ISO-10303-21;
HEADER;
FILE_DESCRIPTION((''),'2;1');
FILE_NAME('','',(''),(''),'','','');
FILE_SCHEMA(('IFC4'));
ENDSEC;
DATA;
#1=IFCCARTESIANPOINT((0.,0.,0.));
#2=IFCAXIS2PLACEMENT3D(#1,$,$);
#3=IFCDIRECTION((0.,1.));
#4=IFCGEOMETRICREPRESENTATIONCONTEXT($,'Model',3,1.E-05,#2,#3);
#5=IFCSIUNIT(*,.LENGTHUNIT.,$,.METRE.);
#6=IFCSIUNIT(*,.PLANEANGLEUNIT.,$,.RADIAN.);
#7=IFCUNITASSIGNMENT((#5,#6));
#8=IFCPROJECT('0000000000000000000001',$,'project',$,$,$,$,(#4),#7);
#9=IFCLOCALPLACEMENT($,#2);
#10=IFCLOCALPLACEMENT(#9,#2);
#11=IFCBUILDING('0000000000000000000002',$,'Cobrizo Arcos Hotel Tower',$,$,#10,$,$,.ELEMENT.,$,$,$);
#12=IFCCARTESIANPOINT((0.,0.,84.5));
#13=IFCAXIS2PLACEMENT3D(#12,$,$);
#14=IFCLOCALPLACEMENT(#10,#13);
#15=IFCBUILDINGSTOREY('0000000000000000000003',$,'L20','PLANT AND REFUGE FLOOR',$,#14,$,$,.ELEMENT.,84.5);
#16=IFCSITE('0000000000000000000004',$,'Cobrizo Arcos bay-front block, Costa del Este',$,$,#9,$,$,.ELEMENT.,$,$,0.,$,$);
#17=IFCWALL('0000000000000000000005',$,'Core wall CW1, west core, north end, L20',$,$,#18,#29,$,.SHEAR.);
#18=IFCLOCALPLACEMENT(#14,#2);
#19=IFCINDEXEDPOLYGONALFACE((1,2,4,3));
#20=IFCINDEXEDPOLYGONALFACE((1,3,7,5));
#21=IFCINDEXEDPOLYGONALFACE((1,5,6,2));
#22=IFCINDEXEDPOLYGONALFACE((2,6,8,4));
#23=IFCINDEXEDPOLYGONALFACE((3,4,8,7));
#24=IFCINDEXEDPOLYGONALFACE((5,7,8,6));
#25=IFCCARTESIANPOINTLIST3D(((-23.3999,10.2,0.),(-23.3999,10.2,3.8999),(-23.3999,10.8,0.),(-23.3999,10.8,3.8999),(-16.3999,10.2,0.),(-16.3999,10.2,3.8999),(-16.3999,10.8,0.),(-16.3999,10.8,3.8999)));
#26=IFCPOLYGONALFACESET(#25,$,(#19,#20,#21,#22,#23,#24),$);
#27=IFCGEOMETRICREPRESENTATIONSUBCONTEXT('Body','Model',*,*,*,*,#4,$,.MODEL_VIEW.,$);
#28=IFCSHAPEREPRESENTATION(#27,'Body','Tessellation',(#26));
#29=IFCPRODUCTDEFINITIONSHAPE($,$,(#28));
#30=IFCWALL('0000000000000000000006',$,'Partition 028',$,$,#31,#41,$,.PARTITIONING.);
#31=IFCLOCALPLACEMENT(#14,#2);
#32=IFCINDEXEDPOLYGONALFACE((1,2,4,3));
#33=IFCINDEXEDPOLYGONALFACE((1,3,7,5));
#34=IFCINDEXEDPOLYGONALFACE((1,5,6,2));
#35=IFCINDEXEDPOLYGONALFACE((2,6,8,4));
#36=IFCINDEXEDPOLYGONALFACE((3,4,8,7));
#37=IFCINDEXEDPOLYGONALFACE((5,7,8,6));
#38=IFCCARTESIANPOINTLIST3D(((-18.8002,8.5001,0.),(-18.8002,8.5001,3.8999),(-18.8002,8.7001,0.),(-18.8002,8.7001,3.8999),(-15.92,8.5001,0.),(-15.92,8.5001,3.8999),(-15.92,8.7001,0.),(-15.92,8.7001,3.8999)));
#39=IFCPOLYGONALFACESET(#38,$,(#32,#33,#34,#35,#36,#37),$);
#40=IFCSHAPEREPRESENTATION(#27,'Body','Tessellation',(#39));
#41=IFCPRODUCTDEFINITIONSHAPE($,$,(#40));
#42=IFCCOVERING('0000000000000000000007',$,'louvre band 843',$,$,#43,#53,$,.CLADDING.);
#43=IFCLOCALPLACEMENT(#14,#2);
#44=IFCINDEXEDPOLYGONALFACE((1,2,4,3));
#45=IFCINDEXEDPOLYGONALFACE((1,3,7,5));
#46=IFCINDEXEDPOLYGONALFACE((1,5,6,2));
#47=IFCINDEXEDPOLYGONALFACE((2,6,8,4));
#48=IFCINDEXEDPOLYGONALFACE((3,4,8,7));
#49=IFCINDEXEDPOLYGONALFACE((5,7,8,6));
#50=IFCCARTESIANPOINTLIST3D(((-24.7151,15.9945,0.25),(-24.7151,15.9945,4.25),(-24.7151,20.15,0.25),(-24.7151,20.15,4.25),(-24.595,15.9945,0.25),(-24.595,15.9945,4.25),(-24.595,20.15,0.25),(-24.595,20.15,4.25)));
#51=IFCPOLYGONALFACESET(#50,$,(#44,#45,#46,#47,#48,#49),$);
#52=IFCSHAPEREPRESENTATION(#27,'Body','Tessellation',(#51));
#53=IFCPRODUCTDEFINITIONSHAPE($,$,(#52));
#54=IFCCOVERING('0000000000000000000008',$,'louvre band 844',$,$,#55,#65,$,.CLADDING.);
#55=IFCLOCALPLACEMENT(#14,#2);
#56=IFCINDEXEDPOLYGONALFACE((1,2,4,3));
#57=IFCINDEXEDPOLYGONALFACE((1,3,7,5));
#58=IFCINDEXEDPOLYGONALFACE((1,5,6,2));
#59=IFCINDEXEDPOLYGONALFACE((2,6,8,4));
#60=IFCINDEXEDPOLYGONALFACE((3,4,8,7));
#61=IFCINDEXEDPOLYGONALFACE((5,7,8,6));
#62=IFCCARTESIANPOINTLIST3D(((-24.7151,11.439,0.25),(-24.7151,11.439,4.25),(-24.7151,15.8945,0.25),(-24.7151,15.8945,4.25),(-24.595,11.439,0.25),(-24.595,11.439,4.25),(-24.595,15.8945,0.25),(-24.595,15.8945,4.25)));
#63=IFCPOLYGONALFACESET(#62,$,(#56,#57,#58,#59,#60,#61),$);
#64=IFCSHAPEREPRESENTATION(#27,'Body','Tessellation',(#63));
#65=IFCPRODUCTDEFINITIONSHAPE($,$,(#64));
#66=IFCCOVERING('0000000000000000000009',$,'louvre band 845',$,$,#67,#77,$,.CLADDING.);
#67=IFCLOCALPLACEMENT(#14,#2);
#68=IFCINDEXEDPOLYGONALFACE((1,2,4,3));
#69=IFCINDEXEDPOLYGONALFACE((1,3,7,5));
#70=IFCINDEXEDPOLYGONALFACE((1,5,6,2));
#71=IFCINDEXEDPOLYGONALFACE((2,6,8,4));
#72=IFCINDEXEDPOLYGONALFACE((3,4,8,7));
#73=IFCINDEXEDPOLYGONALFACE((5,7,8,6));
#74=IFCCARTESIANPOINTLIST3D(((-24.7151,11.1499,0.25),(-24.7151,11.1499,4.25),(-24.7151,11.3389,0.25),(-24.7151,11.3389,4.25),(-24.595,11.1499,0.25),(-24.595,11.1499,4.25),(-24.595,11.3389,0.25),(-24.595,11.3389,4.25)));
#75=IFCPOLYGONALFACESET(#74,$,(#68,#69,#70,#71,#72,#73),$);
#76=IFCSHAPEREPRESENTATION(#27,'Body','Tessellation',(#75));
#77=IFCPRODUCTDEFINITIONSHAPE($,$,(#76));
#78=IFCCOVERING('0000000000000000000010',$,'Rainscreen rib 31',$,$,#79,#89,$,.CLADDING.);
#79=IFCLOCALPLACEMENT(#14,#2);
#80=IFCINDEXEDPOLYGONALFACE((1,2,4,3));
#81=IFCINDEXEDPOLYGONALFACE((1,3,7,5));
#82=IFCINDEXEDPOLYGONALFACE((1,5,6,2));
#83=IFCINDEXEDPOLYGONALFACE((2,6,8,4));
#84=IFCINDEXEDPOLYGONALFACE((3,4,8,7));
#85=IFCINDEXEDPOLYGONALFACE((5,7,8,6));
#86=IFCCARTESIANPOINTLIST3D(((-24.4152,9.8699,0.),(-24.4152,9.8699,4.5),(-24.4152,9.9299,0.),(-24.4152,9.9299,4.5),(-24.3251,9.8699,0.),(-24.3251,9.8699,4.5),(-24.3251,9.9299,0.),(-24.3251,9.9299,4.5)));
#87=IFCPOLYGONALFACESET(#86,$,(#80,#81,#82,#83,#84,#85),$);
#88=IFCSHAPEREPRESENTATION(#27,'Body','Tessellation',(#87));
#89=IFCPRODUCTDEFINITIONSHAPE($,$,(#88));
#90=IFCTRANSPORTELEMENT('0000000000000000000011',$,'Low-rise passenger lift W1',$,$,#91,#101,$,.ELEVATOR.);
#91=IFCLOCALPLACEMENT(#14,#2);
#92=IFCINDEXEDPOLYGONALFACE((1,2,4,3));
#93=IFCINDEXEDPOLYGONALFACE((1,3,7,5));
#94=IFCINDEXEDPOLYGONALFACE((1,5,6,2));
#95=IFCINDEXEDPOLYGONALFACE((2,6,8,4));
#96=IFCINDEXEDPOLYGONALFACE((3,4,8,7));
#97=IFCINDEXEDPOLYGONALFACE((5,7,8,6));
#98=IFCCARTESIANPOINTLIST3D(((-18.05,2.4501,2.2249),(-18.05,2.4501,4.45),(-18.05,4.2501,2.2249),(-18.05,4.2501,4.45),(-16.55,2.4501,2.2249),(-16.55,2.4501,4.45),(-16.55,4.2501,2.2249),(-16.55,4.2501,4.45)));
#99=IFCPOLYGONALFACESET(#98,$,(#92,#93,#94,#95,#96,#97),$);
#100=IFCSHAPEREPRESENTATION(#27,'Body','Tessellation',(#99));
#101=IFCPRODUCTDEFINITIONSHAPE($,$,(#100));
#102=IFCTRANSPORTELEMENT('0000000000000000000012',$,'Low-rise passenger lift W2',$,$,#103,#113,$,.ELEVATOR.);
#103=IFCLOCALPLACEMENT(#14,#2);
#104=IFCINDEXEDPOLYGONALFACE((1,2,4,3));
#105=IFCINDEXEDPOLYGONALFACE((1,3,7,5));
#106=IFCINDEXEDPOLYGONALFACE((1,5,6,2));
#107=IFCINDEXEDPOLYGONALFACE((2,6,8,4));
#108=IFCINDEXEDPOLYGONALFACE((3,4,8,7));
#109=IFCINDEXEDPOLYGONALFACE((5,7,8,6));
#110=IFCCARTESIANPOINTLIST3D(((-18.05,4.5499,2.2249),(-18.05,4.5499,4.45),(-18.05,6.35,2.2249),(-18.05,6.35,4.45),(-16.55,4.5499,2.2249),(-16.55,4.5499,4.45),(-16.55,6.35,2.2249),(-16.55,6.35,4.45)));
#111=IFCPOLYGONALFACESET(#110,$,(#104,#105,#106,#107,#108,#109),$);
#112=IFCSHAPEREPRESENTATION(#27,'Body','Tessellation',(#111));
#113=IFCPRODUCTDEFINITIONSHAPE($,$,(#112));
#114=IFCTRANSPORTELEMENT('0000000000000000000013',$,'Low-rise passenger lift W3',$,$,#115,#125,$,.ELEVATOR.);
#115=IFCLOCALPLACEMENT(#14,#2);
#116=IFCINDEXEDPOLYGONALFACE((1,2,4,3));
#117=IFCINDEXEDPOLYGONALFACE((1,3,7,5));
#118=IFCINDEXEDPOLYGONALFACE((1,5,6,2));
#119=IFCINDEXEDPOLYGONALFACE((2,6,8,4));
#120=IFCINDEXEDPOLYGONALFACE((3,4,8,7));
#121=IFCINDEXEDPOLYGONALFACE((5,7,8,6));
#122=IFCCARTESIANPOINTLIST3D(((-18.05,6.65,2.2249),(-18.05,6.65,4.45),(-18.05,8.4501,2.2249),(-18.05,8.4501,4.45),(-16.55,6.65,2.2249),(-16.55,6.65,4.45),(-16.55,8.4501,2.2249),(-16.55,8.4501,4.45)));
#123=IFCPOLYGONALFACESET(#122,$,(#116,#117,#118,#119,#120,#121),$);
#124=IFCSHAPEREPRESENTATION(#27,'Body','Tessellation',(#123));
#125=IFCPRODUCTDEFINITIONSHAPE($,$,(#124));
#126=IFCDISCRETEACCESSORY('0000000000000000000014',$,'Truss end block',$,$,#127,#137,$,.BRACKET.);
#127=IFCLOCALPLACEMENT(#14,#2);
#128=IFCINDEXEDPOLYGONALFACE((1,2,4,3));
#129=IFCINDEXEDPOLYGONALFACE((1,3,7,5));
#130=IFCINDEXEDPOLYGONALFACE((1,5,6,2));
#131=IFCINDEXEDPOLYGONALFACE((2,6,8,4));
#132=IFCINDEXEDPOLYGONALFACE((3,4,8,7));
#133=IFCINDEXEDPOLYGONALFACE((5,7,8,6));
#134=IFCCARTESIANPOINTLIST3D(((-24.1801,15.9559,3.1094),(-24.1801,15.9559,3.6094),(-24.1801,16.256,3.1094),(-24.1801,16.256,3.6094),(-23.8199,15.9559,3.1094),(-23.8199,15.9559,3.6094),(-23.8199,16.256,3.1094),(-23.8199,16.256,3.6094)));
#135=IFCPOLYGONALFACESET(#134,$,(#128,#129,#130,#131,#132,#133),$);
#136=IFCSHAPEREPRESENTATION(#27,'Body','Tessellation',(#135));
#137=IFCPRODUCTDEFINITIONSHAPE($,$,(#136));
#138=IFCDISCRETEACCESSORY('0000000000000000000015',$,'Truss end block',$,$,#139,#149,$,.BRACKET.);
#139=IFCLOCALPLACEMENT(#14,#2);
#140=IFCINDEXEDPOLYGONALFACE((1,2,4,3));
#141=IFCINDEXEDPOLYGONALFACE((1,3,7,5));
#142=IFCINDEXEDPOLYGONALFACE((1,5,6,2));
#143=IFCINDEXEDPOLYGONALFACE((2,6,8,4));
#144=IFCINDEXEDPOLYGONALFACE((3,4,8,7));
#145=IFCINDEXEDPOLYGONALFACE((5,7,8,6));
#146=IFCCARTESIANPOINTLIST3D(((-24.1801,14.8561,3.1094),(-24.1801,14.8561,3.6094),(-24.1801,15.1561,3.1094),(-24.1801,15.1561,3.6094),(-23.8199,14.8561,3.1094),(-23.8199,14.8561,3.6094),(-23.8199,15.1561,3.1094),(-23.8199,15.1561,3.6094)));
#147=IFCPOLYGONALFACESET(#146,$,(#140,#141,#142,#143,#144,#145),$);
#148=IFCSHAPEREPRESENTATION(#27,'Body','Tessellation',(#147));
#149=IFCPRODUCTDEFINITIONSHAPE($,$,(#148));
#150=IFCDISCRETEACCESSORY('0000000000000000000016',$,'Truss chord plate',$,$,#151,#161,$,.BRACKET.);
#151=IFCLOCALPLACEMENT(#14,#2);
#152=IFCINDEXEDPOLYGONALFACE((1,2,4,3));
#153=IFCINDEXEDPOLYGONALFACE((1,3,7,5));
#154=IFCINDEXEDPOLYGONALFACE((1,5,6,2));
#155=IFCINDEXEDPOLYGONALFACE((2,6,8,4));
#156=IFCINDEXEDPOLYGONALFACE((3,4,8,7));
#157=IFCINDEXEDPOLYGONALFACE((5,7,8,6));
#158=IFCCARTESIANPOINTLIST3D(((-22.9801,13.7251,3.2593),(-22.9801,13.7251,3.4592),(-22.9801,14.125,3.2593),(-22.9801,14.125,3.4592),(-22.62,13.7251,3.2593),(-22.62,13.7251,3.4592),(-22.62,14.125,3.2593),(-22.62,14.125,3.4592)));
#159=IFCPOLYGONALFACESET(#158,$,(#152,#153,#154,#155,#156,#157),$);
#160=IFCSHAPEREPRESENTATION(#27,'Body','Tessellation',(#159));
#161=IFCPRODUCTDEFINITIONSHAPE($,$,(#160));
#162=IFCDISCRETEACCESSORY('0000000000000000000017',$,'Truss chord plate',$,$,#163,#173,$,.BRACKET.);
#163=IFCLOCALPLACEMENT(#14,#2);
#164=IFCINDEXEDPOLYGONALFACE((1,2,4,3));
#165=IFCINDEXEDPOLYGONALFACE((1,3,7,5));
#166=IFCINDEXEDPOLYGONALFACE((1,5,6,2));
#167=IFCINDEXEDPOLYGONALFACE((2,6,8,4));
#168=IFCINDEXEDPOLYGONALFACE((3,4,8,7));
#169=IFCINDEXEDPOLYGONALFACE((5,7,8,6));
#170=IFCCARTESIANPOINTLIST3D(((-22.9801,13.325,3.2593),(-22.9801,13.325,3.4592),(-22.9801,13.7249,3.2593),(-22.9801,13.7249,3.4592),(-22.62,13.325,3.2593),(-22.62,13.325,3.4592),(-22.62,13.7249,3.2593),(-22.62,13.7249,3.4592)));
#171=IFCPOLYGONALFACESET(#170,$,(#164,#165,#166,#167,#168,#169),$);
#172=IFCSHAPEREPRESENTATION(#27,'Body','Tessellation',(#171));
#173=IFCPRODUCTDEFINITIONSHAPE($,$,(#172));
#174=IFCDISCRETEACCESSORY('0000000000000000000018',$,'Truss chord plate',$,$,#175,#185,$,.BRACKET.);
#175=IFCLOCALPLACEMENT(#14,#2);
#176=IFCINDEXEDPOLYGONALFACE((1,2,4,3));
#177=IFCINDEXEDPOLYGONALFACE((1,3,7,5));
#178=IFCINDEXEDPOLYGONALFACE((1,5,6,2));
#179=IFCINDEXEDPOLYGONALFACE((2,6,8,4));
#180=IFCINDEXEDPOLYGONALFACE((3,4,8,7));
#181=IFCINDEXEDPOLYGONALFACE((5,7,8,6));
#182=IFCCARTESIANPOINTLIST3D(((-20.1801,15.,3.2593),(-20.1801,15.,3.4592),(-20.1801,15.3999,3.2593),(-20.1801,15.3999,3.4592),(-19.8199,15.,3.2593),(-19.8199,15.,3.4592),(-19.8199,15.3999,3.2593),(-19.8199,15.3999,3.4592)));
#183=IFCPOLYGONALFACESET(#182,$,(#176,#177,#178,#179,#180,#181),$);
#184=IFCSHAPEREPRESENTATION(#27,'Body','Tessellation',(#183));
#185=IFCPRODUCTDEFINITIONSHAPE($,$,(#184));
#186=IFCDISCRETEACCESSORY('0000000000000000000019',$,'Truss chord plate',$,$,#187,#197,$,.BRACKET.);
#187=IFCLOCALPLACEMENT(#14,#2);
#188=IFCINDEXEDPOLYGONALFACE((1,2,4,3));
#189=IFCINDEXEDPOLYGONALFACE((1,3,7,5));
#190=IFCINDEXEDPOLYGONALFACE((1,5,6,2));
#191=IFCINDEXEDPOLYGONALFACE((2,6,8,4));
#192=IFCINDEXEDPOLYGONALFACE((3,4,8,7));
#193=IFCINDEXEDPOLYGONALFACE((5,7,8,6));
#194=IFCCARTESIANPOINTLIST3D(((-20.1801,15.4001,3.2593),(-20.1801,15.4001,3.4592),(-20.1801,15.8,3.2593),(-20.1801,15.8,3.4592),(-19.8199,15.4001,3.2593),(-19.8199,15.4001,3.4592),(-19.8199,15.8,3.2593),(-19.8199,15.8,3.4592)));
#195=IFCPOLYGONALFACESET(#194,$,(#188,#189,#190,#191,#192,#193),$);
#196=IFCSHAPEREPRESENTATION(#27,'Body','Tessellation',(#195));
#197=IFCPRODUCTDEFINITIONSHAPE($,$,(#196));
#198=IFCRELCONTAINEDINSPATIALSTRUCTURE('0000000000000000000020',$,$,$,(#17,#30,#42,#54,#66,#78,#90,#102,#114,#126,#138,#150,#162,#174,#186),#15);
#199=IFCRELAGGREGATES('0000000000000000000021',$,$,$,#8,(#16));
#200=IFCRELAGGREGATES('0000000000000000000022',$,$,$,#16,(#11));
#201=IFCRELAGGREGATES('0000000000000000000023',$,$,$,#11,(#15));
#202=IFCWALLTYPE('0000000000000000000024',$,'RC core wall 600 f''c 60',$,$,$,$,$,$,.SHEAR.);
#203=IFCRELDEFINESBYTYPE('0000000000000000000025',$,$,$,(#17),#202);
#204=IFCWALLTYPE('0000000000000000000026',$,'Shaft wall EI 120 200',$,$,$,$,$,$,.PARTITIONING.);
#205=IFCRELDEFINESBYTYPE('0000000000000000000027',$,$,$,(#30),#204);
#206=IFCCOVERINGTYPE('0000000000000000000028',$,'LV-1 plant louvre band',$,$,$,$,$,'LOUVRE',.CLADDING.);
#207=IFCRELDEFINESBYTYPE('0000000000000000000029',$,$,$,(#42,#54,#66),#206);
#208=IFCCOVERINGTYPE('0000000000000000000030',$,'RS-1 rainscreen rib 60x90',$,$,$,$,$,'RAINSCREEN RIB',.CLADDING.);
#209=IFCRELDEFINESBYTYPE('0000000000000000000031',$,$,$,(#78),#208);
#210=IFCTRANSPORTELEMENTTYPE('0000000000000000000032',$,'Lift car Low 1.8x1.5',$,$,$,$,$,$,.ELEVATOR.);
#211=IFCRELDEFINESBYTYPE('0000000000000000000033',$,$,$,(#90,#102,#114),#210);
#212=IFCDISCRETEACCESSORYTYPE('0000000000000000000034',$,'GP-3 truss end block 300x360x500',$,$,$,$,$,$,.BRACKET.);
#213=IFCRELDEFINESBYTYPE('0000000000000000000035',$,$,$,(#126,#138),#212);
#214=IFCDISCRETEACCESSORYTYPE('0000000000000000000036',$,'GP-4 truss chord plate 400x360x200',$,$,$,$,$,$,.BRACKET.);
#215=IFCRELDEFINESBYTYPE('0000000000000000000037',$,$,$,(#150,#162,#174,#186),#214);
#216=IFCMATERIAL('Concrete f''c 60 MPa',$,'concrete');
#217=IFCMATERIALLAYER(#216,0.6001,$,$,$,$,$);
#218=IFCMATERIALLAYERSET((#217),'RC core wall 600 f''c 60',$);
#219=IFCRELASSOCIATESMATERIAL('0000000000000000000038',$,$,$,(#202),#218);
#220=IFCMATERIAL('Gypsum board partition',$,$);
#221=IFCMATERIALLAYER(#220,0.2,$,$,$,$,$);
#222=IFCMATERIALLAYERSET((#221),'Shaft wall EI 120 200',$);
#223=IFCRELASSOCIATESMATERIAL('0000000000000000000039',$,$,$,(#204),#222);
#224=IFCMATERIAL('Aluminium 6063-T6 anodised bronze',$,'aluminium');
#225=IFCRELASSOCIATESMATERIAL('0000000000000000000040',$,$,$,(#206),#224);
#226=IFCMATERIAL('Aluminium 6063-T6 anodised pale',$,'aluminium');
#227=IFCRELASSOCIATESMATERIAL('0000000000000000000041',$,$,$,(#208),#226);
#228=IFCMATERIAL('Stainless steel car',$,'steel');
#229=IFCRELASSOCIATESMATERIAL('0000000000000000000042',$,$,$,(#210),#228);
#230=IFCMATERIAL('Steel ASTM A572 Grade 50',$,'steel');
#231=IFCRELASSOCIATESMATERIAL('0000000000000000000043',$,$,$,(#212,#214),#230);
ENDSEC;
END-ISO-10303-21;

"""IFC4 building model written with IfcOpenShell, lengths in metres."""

from ifc_helpers import new_model, si_unit, direction, frame, frame_2d, origin, origin_2d, place, context, subcontext, project, spatial, rectangle, extrude, material, layer, layer_set, type_object, element, save


model = new_model("IFC4")

# Units and contexts
model_context = context("Model", 3, precision=1e-05, world=origin(), true_north=direction((0.0, 1.0)))
body_context = subcontext(model_context, "Body", "Model", "MODEL_VIEW")
ifc_project = project(units=[si_unit("LENGTHUNIT", "METRE"), si_unit("PLANEANGLEUNIT", "RADIAN")], contexts=[model_context])

# Site, building, storey
site_placement = place(None, origin())
site = spatial("IfcSite", under=ifc_project, at=site_placement, Name="Cobrizo Arcos bay-front block, Costa del Este", CompositionType="ELEMENT", RefElevation=0.0)
building_placement = place(site_placement, origin())
building = spatial("IfcBuilding", under=site, at=building_placement, Name="Cobrizo Arcos Hotel Tower", CompositionType="ELEMENT")
storey_placement = place(building_placement, frame((0.0, 0.0, 84.5)))
storey = spatial("IfcBuildingStorey", under=building, at=storey_placement, Name="L20", Description="PLANT AND REFUGE FLOOR", CompositionType="ELEMENT", Elevation=84.5)

# Shared definitions
ifc_material_1 = material(Name="Steel ASTM A572 Grade 50", Category="steel")

# Shared definitions
ifc_material_2 = material(Name="Aluminium 6063-T6 anodised bronze", Category="aluminium")

# Walls
ifc_material_3 = material(Name="Concrete f'c 60 MPa", Category="concrete")
ifc_layer_1 = layer(ifc_material_3, 0.6001)
ifc_layer_set_1 = layer_set([ifc_layer_1], Name="RC core wall 600 f'c 60")
wall_type_1 = type_object("IfcWallType", Name="RC core wall 600 f'c 60", PredefinedType="SHEAR", material=ifc_layer_set_1)
wall_1_placement = place(storey_placement, frame((-23.3999, 10.5, 0.0), z_axis=(0.0, 0.0, 1.0), x_axis=(1.0, 0.0, 0.0)))
element("IfcWall", 1, at=wall_1_placement, inside=storey, type_object=wall_type_1, Name="Core wall CW1, west core, north end, L20", PredefinedType="SHEAR", context=body_context, shape_type="SweptSolid", body=[
    extrude(rectangle(XDim=7.0, YDim=0.6001, at=frame_2d((3.5, 0.0))), origin(), (0.0, 0.0, 1.0), 3.8999),
])
ifc_material_4 = material(Name="Gypsum board partition")
ifc_layer_2 = layer(ifc_material_4, 0.2)
ifc_layer_set_2 = layer_set([ifc_layer_2], Name="Shaft wall EI 120 200")
wall_type_2 = type_object("IfcWallType", Name="Shaft wall EI 120 200", PredefinedType="PARTITIONING", material=ifc_layer_set_2)
wall_2_placement = place(storey_placement, frame((-18.8, 8.6001, 0.0), z_axis=(0.0, 0.0, 1.0), x_axis=(1.0, 0.0, 0.0)))
element("IfcWall", 2, at=wall_2_placement, inside=storey, type_object=wall_type_2, Name="Partition 028", PredefinedType="PARTITIONING", context=body_context, shape_type="SweptSolid", body=[
    extrude(rectangle(XDim=2.8801, YDim=0.2, at=frame_2d((1.4399, 0.0))), origin(), (0.0, 0.0, 1.0), 3.8999),
])

# Coverings
covering_type_1 = type_object("IfcCoveringType", Name="LV-1 plant louvre band", ElementType="LOUVRE", PredefinedType="CLADDING", material=ifc_material_2)
covering_1_placement = place(storey_placement, frame((-24.655, 18.0723, 0.25), z_axis=(0.0, 0.0, 1.0), x_axis=(0.0, -1.0, 0.0)))
element("IfcCovering", 3, at=covering_1_placement, inside=storey, type_object=covering_type_1, Name="louvre band 843", PredefinedType="CLADDING", context=body_context, shape_type="SweptSolid", body=[
    extrude(rectangle(XDim=4.1555, YDim=0.1201, at=origin_2d()), origin(), (0.0, 0.0, 1.0), 4.0),
])
covering_2_placement = place(storey_placement, frame((-24.655, 13.6667, 0.25), z_axis=(0.0, 0.0, 1.0), x_axis=(0.0, -1.0, 0.0)))
element("IfcCovering", 4, at=covering_2_placement, inside=storey, type_object=covering_type_1, Name="louvre band 844", PredefinedType="CLADDING", context=body_context, shape_type="SweptSolid", body=[
    extrude(rectangle(XDim=4.4556, YDim=0.1201, at=origin_2d()), origin(), (0.0, 0.0, 1.0), 4.0),
])
covering_3_placement = place(storey_placement, frame((-24.655, 11.2444, 0.25), z_axis=(0.0, 0.0, 1.0), x_axis=(0.0, -1.0, 0.0)))
element("IfcCovering", 5, at=covering_3_placement, inside=storey, type_object=covering_type_1, Name="louvre band 845", PredefinedType="CLADDING", context=body_context, shape_type="SweptSolid", body=[
    extrude(rectangle(XDim=0.189, YDim=0.1201, at=origin_2d()), origin(), (0.0, 0.0, 1.0), 4.0),
])
ifc_material_5 = material(Name="Aluminium 6063-T6 anodised pale", Category="aluminium")
covering_type_2 = type_object("IfcCoveringType", Name="RS-1 rainscreen rib 60x90", ElementType="RAINSCREEN RIB", PredefinedType="CLADDING", material=ifc_material_5)
covering_4_placement = place(storey_placement, frame((-24.3701, 9.8999, 0.0), z_axis=(0.0, 0.0, 1.0), x_axis=(0.0, -1.0, 0.0)))
element("IfcCovering", 6, at=covering_4_placement, inside=storey, type_object=covering_type_2, Name="Rainscreen rib 31", PredefinedType="CLADDING", context=body_context, shape_type="SweptSolid", body=[
    extrude(rectangle(XDim=0.0601, YDim=0.0901, at=origin_2d()), origin(), (0.0, 0.0, 1.0), 4.5),
])

# Transport elements
ifc_material_6 = material(Name="Stainless steel car", Category="steel")
transport_element_type = type_object("IfcTransportElementType", Name="Lift car Low 1.8x1.5", PredefinedType="ELEVATOR", material=ifc_material_6)
for number, where, z_axis, x_axis, name in (
    (7, (-17.3, 3.3501, 2.2249), (0.0, 0.0, 1.0), (1.0, 0.0, 0.0), "Low-rise passenger lift W1"),
    (8, (-17.3, 5.45, 2.2249), (0.0, 0.0, 1.0), (1.0, 0.0, 0.0), "Low-rise passenger lift W2"),
    (9, (-17.3, 7.55, 2.2249), (0.0, 0.0, 1.0), (1.0, 0.0, 0.0), "Low-rise passenger lift W3"),
):
    element("IfcTransportElement", number, at=place(storey_placement, frame(where, z_axis=z_axis, x_axis=x_axis)), inside=storey, type_object=transport_element_type, Name=name, PredefinedType="ELEVATOR", context=body_context, shape_type="SweptSolid", body=[
        extrude(rectangle(XDim=1.5, YDim=1.8, at=origin_2d()), origin(), (0.0, 0.0, 1.0), 2.2251),
    ])

# Discrete accessories
discrete_accessory_type_1 = type_object("IfcDiscreteAccessoryType", Name="GP-3 truss end block 300x360x500", PredefinedType="BRACKET", material=ifc_material_1)
for number, where, z_axis, x_axis, name in (
    (10, (-24.0, 16.106, 3.1094), (0.0, 0.0, 1.0), (0.0, 1.0, 0.0), "Truss end block"),
    (11, (-24.0, 15.0061, 3.1094), (0.0, 0.0, 1.0), (0.0, -1.0, 0.0), "Truss end block"),
):
    element("IfcDiscreteAccessory", number, at=place(storey_placement, frame(where, z_axis=z_axis, x_axis=x_axis)), inside=storey, type_object=discrete_accessory_type_1, Name=name, PredefinedType="BRACKET", context=body_context, shape_type="SweptSolid", body=[
        extrude(rectangle(XDim=0.3, YDim=0.3601, at=origin_2d()), origin(), (0.0, 0.0, 1.0), 0.5),
    ])
discrete_accessory_type_2 = type_object("IfcDiscreteAccessoryType", Name="GP-4 truss chord plate 400x360x200", PredefinedType="BRACKET", material=ifc_material_1)
for number, where, z_axis, x_axis, name in (
    (12, (-22.8, 13.925, 3.2593), (0.0, 0.0, 1.0), (0.0, -1.0, 0.0), "Truss chord plate"),
    (13, (-22.8, 13.5249, 3.2593), (0.0, 0.0, 1.0), (0.0, -1.0, 0.0), "Truss chord plate"),
    (14, (-20.0, 15.2, 3.2593), (0.0, 0.0, 1.0), (0.0, 1.0, 0.0), "Truss chord plate"),
    (15, (-20.0, 15.6001, 3.2593), (0.0, 0.0, 1.0), (0.0, 1.0, 0.0), "Truss chord plate"),
):
    element("IfcDiscreteAccessory", number, at=place(storey_placement, frame(where, z_axis=z_axis, x_axis=x_axis)), inside=storey, type_object=discrete_accessory_type_2, Name=name, PredefinedType="BRACKET", context=body_context, shape_type="SweptSolid", body=[
        extrude(rectangle(XDim=0.3999, YDim=0.3601, at=origin_2d()), origin(), (0.0, 0.0, 1.0), 0.2),
    ])

save(model, "model.ifc")
